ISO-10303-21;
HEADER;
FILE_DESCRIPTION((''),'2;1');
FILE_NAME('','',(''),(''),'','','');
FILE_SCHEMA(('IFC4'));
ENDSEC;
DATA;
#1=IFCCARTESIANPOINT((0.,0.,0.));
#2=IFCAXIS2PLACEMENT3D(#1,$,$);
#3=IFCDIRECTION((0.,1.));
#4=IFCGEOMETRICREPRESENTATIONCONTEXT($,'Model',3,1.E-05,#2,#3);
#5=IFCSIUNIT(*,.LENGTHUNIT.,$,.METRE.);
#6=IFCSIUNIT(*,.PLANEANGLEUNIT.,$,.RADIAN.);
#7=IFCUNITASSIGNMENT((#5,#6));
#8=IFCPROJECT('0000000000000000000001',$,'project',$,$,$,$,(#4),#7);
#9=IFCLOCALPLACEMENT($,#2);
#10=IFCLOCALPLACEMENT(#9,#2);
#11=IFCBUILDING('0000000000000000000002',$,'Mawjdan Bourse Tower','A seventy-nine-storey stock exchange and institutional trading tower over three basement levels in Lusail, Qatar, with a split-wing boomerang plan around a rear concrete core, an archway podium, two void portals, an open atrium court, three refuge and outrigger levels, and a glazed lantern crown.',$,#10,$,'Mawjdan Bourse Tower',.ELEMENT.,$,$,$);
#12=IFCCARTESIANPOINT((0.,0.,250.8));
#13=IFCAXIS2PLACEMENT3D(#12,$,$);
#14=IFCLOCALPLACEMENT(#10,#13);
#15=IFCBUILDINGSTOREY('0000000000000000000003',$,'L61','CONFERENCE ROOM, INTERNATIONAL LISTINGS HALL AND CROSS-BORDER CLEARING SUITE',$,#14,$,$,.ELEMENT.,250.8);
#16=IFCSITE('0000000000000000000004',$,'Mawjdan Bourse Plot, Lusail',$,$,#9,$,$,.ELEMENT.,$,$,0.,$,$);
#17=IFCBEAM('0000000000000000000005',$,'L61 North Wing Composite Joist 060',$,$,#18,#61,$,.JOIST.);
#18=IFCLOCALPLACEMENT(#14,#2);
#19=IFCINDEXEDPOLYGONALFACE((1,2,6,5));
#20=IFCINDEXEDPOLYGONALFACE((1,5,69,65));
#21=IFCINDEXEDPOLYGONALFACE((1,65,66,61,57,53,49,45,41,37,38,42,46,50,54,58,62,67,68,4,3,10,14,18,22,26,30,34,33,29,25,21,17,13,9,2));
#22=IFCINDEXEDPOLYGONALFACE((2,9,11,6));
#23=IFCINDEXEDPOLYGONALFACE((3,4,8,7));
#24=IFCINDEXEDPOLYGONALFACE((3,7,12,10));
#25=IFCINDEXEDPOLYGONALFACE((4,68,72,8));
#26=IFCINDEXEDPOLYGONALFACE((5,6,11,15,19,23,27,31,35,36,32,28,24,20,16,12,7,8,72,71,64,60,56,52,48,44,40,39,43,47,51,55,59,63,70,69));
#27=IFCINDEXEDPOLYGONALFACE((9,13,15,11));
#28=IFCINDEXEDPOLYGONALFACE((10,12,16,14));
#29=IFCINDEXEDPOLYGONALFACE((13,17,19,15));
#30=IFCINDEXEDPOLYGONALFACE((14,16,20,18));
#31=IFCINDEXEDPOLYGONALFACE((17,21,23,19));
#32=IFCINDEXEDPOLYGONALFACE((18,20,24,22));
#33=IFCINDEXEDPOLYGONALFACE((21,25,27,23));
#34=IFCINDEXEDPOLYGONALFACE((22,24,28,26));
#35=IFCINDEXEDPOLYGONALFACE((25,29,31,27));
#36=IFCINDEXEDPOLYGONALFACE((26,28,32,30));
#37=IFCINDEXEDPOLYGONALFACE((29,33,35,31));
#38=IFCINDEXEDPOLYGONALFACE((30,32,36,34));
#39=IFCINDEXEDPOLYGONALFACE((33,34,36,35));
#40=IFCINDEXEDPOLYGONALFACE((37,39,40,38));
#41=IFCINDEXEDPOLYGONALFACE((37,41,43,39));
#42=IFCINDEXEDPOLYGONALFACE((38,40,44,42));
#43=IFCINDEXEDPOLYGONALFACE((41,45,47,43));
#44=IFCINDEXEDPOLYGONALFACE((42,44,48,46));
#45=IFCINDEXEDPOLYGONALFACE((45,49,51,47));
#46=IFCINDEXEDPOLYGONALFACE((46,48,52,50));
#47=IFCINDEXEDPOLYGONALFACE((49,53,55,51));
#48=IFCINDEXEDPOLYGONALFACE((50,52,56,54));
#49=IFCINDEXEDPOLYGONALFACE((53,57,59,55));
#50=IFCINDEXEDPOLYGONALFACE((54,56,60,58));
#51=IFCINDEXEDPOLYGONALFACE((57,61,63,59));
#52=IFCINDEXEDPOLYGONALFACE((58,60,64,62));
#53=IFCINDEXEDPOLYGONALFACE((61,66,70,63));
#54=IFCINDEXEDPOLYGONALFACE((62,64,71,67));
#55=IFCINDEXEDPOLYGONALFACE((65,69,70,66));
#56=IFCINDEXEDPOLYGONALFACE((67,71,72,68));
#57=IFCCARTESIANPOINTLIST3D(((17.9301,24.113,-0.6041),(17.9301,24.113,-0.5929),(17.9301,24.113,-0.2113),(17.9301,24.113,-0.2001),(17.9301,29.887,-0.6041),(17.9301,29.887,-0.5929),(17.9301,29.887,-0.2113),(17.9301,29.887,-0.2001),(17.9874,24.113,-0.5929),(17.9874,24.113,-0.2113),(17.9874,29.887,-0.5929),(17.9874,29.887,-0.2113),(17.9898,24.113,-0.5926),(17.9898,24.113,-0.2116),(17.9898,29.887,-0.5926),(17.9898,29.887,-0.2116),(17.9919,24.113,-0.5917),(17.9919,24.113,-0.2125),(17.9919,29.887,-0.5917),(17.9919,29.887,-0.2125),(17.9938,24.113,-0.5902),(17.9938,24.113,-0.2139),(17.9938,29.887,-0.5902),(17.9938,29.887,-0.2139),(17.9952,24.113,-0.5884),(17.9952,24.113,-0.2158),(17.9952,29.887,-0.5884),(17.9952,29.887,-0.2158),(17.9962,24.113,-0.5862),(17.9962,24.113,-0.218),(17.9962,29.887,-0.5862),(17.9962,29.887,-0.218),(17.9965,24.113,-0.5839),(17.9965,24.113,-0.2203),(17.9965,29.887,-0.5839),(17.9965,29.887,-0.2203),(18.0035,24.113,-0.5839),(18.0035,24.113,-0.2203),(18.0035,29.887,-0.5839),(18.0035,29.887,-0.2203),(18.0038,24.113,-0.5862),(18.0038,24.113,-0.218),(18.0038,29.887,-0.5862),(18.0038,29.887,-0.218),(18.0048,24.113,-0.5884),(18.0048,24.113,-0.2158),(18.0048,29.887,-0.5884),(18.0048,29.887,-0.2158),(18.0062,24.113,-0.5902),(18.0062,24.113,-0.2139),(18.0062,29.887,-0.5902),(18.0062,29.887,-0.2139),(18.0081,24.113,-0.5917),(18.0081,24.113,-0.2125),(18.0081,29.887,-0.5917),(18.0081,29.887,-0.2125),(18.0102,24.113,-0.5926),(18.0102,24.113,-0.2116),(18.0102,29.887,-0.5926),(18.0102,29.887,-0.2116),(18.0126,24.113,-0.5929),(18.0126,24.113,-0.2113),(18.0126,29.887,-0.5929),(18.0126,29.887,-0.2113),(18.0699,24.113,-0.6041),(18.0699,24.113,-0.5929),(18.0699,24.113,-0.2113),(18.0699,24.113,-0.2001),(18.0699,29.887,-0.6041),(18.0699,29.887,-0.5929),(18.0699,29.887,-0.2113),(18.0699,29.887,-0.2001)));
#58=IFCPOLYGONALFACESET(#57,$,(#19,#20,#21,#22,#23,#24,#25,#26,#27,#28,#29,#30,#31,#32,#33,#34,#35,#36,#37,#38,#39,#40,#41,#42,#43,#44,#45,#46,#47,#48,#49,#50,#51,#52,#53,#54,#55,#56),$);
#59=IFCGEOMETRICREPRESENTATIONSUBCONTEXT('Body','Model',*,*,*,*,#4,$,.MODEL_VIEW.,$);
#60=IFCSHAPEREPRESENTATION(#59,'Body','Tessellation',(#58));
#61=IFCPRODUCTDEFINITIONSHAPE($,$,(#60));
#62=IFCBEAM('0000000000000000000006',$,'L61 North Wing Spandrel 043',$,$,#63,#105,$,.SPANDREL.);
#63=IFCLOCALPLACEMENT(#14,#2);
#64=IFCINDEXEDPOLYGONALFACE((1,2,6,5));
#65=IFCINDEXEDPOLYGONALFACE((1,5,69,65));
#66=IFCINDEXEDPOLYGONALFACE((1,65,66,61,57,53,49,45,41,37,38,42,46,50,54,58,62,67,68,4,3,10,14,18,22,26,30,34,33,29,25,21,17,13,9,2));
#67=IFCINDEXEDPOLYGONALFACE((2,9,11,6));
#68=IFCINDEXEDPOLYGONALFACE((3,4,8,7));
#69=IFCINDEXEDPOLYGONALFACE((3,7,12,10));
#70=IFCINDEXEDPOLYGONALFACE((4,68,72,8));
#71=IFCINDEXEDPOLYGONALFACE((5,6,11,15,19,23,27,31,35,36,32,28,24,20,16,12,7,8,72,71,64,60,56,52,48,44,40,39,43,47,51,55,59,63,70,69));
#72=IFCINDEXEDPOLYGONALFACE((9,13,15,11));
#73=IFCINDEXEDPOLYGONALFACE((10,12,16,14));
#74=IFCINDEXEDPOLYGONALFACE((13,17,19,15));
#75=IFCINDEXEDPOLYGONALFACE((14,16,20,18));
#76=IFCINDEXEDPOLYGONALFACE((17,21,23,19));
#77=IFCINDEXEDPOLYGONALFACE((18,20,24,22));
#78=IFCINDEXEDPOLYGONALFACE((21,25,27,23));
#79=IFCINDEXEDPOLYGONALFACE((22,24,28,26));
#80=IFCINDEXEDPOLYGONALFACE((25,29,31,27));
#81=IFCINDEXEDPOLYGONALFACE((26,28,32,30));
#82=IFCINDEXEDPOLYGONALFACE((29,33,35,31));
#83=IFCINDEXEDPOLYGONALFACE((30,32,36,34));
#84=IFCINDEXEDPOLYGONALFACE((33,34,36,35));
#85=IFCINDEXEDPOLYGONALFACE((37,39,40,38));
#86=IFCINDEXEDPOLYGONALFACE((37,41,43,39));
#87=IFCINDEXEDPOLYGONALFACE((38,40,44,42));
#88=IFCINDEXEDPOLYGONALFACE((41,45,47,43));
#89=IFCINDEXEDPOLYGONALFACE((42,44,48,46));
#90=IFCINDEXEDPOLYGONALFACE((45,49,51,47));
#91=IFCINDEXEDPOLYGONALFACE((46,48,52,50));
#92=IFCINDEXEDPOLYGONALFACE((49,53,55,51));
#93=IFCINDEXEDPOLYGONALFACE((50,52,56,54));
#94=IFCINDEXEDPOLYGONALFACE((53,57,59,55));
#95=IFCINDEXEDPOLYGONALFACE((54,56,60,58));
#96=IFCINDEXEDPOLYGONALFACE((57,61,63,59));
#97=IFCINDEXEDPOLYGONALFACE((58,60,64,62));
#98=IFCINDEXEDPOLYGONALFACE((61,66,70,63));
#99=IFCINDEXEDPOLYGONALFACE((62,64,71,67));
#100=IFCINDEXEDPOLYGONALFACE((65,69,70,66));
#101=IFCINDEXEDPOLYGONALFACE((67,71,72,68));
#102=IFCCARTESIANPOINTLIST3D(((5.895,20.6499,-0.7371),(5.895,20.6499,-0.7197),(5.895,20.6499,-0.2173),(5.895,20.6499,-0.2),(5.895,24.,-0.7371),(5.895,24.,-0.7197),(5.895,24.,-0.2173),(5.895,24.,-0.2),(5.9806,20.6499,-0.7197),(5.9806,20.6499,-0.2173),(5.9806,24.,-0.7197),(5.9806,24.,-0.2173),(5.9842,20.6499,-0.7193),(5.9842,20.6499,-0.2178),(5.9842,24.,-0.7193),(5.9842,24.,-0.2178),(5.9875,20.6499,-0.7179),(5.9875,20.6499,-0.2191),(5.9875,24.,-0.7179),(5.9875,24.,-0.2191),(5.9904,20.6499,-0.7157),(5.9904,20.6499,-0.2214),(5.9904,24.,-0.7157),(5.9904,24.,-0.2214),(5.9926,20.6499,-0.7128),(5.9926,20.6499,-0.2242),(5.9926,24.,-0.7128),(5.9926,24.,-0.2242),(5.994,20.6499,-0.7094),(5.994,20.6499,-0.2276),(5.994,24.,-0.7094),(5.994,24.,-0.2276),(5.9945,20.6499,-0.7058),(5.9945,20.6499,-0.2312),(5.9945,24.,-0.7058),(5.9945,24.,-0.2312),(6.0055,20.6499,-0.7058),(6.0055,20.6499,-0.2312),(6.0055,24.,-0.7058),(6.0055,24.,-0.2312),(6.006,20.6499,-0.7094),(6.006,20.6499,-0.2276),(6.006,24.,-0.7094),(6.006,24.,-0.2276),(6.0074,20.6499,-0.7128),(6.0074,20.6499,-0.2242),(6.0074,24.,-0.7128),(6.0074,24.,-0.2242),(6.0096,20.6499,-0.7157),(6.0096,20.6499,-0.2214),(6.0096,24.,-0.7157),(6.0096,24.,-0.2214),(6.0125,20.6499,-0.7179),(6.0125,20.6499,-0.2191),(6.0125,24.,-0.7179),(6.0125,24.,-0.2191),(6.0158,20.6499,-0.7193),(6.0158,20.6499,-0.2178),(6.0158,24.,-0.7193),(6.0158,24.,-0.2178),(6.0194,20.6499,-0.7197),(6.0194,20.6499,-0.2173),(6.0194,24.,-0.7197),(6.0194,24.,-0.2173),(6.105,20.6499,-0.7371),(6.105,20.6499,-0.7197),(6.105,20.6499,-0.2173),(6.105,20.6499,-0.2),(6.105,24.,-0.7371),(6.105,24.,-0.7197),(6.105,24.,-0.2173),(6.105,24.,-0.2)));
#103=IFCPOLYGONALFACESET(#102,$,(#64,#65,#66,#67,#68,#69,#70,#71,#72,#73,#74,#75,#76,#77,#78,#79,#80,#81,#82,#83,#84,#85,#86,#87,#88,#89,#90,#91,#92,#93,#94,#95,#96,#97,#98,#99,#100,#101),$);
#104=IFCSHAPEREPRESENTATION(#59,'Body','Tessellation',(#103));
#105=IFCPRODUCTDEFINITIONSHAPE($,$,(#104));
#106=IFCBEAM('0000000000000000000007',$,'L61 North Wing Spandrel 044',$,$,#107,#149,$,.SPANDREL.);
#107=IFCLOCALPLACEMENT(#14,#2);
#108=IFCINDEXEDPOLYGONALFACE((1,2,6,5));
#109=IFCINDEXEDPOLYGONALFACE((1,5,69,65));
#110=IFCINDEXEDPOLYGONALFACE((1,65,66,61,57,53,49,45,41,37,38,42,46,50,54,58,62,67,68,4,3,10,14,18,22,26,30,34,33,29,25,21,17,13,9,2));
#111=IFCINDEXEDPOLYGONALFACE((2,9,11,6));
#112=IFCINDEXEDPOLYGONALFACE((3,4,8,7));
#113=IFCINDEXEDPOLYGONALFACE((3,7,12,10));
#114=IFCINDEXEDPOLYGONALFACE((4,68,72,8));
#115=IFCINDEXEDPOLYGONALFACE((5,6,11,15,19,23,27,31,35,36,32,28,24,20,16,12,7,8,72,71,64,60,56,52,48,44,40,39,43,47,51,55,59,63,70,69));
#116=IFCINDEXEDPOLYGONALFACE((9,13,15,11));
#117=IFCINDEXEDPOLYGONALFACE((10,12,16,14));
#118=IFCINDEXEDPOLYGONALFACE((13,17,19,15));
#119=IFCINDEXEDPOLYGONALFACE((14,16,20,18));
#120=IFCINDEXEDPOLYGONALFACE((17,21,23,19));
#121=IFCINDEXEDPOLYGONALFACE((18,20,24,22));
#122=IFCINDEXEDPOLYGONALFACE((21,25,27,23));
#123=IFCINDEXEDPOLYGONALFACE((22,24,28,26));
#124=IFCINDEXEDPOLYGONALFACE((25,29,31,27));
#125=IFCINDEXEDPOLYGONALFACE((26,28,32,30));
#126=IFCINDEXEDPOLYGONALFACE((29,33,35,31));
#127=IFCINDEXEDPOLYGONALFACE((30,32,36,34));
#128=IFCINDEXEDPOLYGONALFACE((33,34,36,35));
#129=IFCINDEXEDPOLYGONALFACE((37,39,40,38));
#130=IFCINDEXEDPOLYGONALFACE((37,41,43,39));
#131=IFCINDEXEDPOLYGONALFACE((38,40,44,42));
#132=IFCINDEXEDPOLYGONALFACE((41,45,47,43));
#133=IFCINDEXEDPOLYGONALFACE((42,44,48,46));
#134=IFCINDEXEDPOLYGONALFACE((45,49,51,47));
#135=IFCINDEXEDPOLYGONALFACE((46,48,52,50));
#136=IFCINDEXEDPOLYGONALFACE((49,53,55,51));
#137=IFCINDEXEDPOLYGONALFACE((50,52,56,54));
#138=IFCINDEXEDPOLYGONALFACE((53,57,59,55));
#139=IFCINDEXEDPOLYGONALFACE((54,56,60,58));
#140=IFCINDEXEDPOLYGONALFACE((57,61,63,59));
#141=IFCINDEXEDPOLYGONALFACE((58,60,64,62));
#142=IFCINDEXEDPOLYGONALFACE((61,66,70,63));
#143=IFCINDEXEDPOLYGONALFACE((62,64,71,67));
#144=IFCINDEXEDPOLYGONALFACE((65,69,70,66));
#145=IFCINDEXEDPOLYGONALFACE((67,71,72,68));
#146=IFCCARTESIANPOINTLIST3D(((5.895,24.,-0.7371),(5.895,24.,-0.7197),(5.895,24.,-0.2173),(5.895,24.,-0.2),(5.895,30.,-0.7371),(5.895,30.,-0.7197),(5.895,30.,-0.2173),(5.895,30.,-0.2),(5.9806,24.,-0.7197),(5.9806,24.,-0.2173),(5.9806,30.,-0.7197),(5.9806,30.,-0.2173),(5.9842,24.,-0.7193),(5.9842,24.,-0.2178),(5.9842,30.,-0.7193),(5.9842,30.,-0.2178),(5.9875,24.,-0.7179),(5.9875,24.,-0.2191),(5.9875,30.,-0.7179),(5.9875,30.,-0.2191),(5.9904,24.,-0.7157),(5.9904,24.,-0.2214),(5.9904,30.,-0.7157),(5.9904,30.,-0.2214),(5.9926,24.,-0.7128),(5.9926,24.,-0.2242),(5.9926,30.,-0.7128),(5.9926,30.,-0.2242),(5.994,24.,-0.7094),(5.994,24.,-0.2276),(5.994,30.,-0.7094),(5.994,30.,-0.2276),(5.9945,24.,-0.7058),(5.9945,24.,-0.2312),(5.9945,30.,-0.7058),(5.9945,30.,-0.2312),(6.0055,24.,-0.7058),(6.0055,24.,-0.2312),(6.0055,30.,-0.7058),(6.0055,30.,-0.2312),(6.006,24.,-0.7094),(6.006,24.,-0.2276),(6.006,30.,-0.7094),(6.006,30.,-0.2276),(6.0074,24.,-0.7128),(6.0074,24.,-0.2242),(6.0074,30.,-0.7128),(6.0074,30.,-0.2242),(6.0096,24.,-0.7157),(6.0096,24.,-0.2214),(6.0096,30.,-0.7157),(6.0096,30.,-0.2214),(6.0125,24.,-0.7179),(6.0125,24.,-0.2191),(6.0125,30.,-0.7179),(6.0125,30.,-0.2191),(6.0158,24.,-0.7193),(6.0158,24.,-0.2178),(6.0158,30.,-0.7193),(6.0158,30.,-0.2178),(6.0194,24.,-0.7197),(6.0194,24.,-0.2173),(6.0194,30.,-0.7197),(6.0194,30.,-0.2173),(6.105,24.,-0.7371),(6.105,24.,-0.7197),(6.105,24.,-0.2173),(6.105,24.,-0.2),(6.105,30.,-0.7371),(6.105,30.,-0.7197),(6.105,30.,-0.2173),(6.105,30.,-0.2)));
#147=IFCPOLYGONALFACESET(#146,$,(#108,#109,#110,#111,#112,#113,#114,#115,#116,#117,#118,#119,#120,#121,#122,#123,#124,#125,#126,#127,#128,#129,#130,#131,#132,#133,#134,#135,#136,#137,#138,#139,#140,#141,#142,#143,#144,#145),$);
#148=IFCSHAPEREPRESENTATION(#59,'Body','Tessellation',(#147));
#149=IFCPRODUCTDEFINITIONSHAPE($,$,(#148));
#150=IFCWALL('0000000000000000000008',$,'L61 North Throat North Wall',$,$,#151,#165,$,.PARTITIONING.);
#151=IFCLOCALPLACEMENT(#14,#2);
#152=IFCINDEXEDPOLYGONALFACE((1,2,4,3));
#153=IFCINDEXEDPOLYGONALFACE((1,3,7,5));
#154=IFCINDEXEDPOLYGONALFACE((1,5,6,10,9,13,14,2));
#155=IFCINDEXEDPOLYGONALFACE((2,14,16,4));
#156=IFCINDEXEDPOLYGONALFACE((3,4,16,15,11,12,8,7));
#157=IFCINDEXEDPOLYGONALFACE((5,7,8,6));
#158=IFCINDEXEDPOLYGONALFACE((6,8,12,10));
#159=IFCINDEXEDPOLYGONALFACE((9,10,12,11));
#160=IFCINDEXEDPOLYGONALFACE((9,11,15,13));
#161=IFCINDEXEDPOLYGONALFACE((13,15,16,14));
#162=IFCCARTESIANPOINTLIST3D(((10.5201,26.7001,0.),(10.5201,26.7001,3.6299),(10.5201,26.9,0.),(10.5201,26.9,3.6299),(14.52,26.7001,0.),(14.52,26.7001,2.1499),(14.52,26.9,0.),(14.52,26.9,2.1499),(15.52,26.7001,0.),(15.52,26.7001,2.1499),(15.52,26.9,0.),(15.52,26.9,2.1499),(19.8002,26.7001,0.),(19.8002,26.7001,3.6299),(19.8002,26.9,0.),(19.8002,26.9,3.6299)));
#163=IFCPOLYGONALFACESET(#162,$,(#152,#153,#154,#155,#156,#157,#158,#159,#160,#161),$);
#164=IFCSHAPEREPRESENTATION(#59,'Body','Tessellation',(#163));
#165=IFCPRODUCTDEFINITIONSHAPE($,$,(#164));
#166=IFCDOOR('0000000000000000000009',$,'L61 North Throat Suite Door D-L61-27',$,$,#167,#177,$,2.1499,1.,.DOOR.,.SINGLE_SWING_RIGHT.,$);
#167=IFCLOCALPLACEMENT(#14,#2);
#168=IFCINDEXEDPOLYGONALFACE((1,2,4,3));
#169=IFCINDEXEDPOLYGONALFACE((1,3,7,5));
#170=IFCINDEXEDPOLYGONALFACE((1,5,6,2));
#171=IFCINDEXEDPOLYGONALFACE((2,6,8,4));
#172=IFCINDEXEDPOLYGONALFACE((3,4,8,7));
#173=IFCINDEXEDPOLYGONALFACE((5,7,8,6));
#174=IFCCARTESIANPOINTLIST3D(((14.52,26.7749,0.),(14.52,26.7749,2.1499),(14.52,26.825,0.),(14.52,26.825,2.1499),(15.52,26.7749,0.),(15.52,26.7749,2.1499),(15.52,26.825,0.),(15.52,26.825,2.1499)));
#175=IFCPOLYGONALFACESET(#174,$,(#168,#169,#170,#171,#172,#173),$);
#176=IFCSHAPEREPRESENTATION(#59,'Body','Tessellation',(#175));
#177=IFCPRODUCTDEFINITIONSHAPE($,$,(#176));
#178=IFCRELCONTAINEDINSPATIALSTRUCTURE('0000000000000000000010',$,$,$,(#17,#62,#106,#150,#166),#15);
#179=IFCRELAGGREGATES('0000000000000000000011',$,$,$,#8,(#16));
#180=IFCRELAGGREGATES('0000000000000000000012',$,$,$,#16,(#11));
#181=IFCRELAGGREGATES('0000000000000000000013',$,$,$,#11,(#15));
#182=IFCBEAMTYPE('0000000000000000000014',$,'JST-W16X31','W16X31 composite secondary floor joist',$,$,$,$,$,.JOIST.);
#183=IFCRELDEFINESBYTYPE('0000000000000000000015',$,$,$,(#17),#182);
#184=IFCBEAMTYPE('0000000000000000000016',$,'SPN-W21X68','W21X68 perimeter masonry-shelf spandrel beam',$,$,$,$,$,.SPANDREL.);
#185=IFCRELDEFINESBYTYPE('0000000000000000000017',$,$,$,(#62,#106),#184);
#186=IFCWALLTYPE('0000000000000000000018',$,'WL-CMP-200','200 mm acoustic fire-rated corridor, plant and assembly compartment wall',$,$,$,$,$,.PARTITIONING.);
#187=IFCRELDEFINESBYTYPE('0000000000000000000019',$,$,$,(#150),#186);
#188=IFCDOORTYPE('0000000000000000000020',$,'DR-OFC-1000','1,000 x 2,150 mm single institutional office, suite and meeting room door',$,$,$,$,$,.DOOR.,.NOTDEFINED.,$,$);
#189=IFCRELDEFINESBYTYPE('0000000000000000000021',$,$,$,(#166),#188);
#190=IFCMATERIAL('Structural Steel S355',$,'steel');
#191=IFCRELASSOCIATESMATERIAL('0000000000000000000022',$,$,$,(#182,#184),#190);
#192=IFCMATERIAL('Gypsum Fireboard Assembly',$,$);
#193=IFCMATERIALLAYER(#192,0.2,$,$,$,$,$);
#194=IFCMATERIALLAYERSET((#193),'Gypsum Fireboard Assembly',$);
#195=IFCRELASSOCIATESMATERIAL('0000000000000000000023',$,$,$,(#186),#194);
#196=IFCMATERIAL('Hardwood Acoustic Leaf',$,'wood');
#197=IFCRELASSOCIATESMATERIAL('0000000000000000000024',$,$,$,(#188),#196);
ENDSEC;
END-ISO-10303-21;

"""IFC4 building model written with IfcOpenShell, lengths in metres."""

from ifc_helpers import new_model, si_unit, direction, frame, frame_2d, origin, origin_2d, place, context, subcontext, project, spatial, rectangle, i_section, extrude, material, layer, layer_set, material_profile, profile_set, type_object, element, fill, save


model = new_model("IFC4")

# Units and contexts
model_context = context("Model", 3, precision=1e-05, world=origin(), true_north=direction((0.0, 1.0)))
body_context = subcontext(model_context, "Body", "Model", "MODEL_VIEW")
ifc_project = project(units=[si_unit("LENGTHUNIT", "METRE"), si_unit("PLANEANGLEUNIT", "RADIAN")], contexts=[model_context])

# Site, building, storey
site_placement = place(None, origin())
site = spatial("IfcSite", under=ifc_project, at=site_placement, Name="Mawjdan Bourse Plot, Lusail", CompositionType="ELEMENT", RefElevation=0.0)
building_placement = place(site_placement, origin())
building = spatial("IfcBuilding", under=site, at=building_placement, Name="Mawjdan Bourse Tower", Description="A seventy-nine-storey stock exchange and institutional trading tower over three basement levels in Lusail, Qatar, with a split-wing boomerang plan around a rear concrete core, an archway podium, two void portals, an open atrium court, three refuge and outrigger levels, and a glazed lantern crown.", LongName="Mawjdan Bourse Tower", CompositionType="ELEMENT")
storey_placement = place(building_placement, frame((0.0, 0.0, 250.8)))
storey = spatial("IfcBuildingStorey", under=building, at=storey_placement, Name="L61", Description="CONFERENCE ROOM, INTERNATIONAL LISTINGS HALL AND CROSS-BORDER CLEARING SUITE", CompositionType="ELEMENT", Elevation=250.8)

# Beams
ifc_material_1 = material(Name="Structural Steel S355", Category="steel")
ifc_material_profile_1 = material_profile(ifc_material_1, i_section(OverallWidth=0.1399, OverallDepth=0.4041, WebThickness=0.0071, FlangeThickness=0.0112, FilletRadius=0.009, at=origin_2d()), Name="W16X31")
ifc_profile_set_1 = profile_set([ifc_material_profile_1], Name="Structural Steel S355")
beam_type_1 = type_object("IfcBeamType", Name="JST-W16X31", Description="W16X31 composite secondary floor joist", PredefinedType="JOIST", material=ifc_profile_set_1)
beam_1_placement = place(storey_placement, frame((18.0, 24.113, -0.4021), z_axis=(0.0, 1.0, 0.0), x_axis=(-1.0, 0.0, 0.0)))
element("IfcBeam", 1, at=beam_1_placement, inside=storey, type_object=beam_type_1, Name="L61 North Wing Composite Joist 060", PredefinedType="JOIST", context=body_context, shape_type="SweptSolid", body=[
    extrude(i_section(OverallWidth=0.1399, OverallDepth=0.4041, WebThickness=0.0071, FlangeThickness=0.0112, FilletRadius=0.009, at=origin_2d()), origin(), (0.0, 0.0, 1.0), 5.7739),
])
ifc_material_profile_2 = material_profile(ifc_material_1, i_section(OverallWidth=0.21, OverallDepth=0.5371, WebThickness=0.011, FlangeThickness=0.0173, FilletRadius=0.0139, at=origin_2d()), Name="W21X68")
ifc_profile_set_2 = profile_set([ifc_material_profile_2], Name="Structural Steel S355")
beam_type_2 = type_object("IfcBeamType", Name="SPN-W21X68", Description="W21X68 perimeter masonry-shelf spandrel beam", PredefinedType="SPANDREL", material=ifc_profile_set_2)
beam_2_placement = place(storey_placement, frame((6.0, 20.6499, -0.4685), z_axis=(0.0, 1.0, 0.0), x_axis=(-1.0, 0.0, 0.0)))
element("IfcBeam", 2, at=beam_2_placement, inside=storey, type_object=beam_type_2, Name="L61 North Wing Spandrel 043", PredefinedType="SPANDREL", context=body_context, shape_type="SweptSolid", body=[
    extrude(i_section(OverallWidth=0.21, OverallDepth=0.5371, WebThickness=0.011, FlangeThickness=0.0173, FilletRadius=0.0139, at=origin_2d()), origin(), (0.0, 0.0, 1.0), 3.3501),
])
beam_3_placement = place(storey_placement, frame((6.0, 24.0, -0.4685), z_axis=(0.0, 1.0, 0.0), x_axis=(-1.0, 0.0, 0.0)))
element("IfcBeam", 3, at=beam_3_placement, inside=storey, type_object=beam_type_2, Name="L61 North Wing Spandrel 044", PredefinedType="SPANDREL", context=body_context, shape_type="SweptSolid", body=[
    extrude(i_section(OverallWidth=0.21, OverallDepth=0.5371, WebThickness=0.011, FlangeThickness=0.0173, FilletRadius=0.0139, at=origin_2d()), origin(), (0.0, 0.0, 1.0), 6.0),
])

# Wall, opening, door
ifc_material_2 = material(Name="Gypsum Fireboard Assembly")
ifc_layer_1 = layer(ifc_material_2, 0.2)
ifc_layer_set_1 = layer_set([ifc_layer_1], Name="Gypsum Fireboard Assembly")
wall_type_1 = type_object("IfcWallType", Name="WL-CMP-200", Description="200 mm acoustic fire-rated corridor, plant and assembly compartment wall", PredefinedType="PARTITIONING", material=ifc_layer_set_1)
wall_1_placement = place(storey_placement, frame((10.52, 26.8, 0.0), z_axis=(0.0, 0.0, 1.0), x_axis=(1.0, 0.0, 0.0)))
wall_1 = element("IfcWall", 4, at=wall_1_placement, inside=storey, type_object=wall_type_1, Name="L61 North Throat North Wall", PredefinedType="PARTITIONING", context=body_context, shape_type="SweptSolid", body=[
    extrude(rectangle(XDim=9.28, YDim=0.2, at=frame_2d((4.6401, 0.0))), origin(), (0.0, 0.0, 1.0), 3.6299),
])
opening_1_placement = place(wall_1_placement, frame((4.0, 0.0, 0.0)))
opening_1 = element("IfcOpeningElement", 5, at=opening_1_placement, cuts=wall_1, PredefinedType="OPENING", context=body_context, shape_type="SweptSolid", body=[
    extrude(rectangle(XDim=1.0, YDim=2.1499, at=frame_2d((0.5, 1.075))), frame((0.0, 0.1099, 0.0), z_axis=(0.0, -1.0, 0.0), x_axis=(1.0, 0.0, 0.0)), (0.0, 0.0, 1.0), 0.22),
])
ifc_material_3 = material(Name="Hardwood Acoustic Leaf", Category="wood")
door_type_1 = type_object("IfcDoorType", Name="DR-OFC-1000", Description="1,000 x 2,150 mm single institutional office, suite and meeting room door", OperationType="NOTDEFINED", PredefinedType="DOOR", material=ifc_material_3)
door_1_placement = place(opening_1_placement, origin())
door_1 = element("IfcDoor", 6, at=door_1_placement, inside=storey, type_object=door_type_1, Name="L61 North Throat Suite Door D-L61-27", OperationType="SINGLE_SWING_RIGHT", OverallHeight=2.1499, OverallWidth=1.0, PredefinedType="DOOR", context=body_context, shape_type="SweptSolid", body=[
    extrude(rectangle(XDim=1.0, YDim=2.1499, at=frame_2d((0.5, 1.075))), frame((0.0, 0.0249, 0.0), z_axis=(0.0, -1.0, 0.0), x_axis=(1.0, 0.0, 0.0)), (0.0, 0.0, 1.0), 0.05),
])
fill(opening_1, door_1)

save(model, "model.ifc")
